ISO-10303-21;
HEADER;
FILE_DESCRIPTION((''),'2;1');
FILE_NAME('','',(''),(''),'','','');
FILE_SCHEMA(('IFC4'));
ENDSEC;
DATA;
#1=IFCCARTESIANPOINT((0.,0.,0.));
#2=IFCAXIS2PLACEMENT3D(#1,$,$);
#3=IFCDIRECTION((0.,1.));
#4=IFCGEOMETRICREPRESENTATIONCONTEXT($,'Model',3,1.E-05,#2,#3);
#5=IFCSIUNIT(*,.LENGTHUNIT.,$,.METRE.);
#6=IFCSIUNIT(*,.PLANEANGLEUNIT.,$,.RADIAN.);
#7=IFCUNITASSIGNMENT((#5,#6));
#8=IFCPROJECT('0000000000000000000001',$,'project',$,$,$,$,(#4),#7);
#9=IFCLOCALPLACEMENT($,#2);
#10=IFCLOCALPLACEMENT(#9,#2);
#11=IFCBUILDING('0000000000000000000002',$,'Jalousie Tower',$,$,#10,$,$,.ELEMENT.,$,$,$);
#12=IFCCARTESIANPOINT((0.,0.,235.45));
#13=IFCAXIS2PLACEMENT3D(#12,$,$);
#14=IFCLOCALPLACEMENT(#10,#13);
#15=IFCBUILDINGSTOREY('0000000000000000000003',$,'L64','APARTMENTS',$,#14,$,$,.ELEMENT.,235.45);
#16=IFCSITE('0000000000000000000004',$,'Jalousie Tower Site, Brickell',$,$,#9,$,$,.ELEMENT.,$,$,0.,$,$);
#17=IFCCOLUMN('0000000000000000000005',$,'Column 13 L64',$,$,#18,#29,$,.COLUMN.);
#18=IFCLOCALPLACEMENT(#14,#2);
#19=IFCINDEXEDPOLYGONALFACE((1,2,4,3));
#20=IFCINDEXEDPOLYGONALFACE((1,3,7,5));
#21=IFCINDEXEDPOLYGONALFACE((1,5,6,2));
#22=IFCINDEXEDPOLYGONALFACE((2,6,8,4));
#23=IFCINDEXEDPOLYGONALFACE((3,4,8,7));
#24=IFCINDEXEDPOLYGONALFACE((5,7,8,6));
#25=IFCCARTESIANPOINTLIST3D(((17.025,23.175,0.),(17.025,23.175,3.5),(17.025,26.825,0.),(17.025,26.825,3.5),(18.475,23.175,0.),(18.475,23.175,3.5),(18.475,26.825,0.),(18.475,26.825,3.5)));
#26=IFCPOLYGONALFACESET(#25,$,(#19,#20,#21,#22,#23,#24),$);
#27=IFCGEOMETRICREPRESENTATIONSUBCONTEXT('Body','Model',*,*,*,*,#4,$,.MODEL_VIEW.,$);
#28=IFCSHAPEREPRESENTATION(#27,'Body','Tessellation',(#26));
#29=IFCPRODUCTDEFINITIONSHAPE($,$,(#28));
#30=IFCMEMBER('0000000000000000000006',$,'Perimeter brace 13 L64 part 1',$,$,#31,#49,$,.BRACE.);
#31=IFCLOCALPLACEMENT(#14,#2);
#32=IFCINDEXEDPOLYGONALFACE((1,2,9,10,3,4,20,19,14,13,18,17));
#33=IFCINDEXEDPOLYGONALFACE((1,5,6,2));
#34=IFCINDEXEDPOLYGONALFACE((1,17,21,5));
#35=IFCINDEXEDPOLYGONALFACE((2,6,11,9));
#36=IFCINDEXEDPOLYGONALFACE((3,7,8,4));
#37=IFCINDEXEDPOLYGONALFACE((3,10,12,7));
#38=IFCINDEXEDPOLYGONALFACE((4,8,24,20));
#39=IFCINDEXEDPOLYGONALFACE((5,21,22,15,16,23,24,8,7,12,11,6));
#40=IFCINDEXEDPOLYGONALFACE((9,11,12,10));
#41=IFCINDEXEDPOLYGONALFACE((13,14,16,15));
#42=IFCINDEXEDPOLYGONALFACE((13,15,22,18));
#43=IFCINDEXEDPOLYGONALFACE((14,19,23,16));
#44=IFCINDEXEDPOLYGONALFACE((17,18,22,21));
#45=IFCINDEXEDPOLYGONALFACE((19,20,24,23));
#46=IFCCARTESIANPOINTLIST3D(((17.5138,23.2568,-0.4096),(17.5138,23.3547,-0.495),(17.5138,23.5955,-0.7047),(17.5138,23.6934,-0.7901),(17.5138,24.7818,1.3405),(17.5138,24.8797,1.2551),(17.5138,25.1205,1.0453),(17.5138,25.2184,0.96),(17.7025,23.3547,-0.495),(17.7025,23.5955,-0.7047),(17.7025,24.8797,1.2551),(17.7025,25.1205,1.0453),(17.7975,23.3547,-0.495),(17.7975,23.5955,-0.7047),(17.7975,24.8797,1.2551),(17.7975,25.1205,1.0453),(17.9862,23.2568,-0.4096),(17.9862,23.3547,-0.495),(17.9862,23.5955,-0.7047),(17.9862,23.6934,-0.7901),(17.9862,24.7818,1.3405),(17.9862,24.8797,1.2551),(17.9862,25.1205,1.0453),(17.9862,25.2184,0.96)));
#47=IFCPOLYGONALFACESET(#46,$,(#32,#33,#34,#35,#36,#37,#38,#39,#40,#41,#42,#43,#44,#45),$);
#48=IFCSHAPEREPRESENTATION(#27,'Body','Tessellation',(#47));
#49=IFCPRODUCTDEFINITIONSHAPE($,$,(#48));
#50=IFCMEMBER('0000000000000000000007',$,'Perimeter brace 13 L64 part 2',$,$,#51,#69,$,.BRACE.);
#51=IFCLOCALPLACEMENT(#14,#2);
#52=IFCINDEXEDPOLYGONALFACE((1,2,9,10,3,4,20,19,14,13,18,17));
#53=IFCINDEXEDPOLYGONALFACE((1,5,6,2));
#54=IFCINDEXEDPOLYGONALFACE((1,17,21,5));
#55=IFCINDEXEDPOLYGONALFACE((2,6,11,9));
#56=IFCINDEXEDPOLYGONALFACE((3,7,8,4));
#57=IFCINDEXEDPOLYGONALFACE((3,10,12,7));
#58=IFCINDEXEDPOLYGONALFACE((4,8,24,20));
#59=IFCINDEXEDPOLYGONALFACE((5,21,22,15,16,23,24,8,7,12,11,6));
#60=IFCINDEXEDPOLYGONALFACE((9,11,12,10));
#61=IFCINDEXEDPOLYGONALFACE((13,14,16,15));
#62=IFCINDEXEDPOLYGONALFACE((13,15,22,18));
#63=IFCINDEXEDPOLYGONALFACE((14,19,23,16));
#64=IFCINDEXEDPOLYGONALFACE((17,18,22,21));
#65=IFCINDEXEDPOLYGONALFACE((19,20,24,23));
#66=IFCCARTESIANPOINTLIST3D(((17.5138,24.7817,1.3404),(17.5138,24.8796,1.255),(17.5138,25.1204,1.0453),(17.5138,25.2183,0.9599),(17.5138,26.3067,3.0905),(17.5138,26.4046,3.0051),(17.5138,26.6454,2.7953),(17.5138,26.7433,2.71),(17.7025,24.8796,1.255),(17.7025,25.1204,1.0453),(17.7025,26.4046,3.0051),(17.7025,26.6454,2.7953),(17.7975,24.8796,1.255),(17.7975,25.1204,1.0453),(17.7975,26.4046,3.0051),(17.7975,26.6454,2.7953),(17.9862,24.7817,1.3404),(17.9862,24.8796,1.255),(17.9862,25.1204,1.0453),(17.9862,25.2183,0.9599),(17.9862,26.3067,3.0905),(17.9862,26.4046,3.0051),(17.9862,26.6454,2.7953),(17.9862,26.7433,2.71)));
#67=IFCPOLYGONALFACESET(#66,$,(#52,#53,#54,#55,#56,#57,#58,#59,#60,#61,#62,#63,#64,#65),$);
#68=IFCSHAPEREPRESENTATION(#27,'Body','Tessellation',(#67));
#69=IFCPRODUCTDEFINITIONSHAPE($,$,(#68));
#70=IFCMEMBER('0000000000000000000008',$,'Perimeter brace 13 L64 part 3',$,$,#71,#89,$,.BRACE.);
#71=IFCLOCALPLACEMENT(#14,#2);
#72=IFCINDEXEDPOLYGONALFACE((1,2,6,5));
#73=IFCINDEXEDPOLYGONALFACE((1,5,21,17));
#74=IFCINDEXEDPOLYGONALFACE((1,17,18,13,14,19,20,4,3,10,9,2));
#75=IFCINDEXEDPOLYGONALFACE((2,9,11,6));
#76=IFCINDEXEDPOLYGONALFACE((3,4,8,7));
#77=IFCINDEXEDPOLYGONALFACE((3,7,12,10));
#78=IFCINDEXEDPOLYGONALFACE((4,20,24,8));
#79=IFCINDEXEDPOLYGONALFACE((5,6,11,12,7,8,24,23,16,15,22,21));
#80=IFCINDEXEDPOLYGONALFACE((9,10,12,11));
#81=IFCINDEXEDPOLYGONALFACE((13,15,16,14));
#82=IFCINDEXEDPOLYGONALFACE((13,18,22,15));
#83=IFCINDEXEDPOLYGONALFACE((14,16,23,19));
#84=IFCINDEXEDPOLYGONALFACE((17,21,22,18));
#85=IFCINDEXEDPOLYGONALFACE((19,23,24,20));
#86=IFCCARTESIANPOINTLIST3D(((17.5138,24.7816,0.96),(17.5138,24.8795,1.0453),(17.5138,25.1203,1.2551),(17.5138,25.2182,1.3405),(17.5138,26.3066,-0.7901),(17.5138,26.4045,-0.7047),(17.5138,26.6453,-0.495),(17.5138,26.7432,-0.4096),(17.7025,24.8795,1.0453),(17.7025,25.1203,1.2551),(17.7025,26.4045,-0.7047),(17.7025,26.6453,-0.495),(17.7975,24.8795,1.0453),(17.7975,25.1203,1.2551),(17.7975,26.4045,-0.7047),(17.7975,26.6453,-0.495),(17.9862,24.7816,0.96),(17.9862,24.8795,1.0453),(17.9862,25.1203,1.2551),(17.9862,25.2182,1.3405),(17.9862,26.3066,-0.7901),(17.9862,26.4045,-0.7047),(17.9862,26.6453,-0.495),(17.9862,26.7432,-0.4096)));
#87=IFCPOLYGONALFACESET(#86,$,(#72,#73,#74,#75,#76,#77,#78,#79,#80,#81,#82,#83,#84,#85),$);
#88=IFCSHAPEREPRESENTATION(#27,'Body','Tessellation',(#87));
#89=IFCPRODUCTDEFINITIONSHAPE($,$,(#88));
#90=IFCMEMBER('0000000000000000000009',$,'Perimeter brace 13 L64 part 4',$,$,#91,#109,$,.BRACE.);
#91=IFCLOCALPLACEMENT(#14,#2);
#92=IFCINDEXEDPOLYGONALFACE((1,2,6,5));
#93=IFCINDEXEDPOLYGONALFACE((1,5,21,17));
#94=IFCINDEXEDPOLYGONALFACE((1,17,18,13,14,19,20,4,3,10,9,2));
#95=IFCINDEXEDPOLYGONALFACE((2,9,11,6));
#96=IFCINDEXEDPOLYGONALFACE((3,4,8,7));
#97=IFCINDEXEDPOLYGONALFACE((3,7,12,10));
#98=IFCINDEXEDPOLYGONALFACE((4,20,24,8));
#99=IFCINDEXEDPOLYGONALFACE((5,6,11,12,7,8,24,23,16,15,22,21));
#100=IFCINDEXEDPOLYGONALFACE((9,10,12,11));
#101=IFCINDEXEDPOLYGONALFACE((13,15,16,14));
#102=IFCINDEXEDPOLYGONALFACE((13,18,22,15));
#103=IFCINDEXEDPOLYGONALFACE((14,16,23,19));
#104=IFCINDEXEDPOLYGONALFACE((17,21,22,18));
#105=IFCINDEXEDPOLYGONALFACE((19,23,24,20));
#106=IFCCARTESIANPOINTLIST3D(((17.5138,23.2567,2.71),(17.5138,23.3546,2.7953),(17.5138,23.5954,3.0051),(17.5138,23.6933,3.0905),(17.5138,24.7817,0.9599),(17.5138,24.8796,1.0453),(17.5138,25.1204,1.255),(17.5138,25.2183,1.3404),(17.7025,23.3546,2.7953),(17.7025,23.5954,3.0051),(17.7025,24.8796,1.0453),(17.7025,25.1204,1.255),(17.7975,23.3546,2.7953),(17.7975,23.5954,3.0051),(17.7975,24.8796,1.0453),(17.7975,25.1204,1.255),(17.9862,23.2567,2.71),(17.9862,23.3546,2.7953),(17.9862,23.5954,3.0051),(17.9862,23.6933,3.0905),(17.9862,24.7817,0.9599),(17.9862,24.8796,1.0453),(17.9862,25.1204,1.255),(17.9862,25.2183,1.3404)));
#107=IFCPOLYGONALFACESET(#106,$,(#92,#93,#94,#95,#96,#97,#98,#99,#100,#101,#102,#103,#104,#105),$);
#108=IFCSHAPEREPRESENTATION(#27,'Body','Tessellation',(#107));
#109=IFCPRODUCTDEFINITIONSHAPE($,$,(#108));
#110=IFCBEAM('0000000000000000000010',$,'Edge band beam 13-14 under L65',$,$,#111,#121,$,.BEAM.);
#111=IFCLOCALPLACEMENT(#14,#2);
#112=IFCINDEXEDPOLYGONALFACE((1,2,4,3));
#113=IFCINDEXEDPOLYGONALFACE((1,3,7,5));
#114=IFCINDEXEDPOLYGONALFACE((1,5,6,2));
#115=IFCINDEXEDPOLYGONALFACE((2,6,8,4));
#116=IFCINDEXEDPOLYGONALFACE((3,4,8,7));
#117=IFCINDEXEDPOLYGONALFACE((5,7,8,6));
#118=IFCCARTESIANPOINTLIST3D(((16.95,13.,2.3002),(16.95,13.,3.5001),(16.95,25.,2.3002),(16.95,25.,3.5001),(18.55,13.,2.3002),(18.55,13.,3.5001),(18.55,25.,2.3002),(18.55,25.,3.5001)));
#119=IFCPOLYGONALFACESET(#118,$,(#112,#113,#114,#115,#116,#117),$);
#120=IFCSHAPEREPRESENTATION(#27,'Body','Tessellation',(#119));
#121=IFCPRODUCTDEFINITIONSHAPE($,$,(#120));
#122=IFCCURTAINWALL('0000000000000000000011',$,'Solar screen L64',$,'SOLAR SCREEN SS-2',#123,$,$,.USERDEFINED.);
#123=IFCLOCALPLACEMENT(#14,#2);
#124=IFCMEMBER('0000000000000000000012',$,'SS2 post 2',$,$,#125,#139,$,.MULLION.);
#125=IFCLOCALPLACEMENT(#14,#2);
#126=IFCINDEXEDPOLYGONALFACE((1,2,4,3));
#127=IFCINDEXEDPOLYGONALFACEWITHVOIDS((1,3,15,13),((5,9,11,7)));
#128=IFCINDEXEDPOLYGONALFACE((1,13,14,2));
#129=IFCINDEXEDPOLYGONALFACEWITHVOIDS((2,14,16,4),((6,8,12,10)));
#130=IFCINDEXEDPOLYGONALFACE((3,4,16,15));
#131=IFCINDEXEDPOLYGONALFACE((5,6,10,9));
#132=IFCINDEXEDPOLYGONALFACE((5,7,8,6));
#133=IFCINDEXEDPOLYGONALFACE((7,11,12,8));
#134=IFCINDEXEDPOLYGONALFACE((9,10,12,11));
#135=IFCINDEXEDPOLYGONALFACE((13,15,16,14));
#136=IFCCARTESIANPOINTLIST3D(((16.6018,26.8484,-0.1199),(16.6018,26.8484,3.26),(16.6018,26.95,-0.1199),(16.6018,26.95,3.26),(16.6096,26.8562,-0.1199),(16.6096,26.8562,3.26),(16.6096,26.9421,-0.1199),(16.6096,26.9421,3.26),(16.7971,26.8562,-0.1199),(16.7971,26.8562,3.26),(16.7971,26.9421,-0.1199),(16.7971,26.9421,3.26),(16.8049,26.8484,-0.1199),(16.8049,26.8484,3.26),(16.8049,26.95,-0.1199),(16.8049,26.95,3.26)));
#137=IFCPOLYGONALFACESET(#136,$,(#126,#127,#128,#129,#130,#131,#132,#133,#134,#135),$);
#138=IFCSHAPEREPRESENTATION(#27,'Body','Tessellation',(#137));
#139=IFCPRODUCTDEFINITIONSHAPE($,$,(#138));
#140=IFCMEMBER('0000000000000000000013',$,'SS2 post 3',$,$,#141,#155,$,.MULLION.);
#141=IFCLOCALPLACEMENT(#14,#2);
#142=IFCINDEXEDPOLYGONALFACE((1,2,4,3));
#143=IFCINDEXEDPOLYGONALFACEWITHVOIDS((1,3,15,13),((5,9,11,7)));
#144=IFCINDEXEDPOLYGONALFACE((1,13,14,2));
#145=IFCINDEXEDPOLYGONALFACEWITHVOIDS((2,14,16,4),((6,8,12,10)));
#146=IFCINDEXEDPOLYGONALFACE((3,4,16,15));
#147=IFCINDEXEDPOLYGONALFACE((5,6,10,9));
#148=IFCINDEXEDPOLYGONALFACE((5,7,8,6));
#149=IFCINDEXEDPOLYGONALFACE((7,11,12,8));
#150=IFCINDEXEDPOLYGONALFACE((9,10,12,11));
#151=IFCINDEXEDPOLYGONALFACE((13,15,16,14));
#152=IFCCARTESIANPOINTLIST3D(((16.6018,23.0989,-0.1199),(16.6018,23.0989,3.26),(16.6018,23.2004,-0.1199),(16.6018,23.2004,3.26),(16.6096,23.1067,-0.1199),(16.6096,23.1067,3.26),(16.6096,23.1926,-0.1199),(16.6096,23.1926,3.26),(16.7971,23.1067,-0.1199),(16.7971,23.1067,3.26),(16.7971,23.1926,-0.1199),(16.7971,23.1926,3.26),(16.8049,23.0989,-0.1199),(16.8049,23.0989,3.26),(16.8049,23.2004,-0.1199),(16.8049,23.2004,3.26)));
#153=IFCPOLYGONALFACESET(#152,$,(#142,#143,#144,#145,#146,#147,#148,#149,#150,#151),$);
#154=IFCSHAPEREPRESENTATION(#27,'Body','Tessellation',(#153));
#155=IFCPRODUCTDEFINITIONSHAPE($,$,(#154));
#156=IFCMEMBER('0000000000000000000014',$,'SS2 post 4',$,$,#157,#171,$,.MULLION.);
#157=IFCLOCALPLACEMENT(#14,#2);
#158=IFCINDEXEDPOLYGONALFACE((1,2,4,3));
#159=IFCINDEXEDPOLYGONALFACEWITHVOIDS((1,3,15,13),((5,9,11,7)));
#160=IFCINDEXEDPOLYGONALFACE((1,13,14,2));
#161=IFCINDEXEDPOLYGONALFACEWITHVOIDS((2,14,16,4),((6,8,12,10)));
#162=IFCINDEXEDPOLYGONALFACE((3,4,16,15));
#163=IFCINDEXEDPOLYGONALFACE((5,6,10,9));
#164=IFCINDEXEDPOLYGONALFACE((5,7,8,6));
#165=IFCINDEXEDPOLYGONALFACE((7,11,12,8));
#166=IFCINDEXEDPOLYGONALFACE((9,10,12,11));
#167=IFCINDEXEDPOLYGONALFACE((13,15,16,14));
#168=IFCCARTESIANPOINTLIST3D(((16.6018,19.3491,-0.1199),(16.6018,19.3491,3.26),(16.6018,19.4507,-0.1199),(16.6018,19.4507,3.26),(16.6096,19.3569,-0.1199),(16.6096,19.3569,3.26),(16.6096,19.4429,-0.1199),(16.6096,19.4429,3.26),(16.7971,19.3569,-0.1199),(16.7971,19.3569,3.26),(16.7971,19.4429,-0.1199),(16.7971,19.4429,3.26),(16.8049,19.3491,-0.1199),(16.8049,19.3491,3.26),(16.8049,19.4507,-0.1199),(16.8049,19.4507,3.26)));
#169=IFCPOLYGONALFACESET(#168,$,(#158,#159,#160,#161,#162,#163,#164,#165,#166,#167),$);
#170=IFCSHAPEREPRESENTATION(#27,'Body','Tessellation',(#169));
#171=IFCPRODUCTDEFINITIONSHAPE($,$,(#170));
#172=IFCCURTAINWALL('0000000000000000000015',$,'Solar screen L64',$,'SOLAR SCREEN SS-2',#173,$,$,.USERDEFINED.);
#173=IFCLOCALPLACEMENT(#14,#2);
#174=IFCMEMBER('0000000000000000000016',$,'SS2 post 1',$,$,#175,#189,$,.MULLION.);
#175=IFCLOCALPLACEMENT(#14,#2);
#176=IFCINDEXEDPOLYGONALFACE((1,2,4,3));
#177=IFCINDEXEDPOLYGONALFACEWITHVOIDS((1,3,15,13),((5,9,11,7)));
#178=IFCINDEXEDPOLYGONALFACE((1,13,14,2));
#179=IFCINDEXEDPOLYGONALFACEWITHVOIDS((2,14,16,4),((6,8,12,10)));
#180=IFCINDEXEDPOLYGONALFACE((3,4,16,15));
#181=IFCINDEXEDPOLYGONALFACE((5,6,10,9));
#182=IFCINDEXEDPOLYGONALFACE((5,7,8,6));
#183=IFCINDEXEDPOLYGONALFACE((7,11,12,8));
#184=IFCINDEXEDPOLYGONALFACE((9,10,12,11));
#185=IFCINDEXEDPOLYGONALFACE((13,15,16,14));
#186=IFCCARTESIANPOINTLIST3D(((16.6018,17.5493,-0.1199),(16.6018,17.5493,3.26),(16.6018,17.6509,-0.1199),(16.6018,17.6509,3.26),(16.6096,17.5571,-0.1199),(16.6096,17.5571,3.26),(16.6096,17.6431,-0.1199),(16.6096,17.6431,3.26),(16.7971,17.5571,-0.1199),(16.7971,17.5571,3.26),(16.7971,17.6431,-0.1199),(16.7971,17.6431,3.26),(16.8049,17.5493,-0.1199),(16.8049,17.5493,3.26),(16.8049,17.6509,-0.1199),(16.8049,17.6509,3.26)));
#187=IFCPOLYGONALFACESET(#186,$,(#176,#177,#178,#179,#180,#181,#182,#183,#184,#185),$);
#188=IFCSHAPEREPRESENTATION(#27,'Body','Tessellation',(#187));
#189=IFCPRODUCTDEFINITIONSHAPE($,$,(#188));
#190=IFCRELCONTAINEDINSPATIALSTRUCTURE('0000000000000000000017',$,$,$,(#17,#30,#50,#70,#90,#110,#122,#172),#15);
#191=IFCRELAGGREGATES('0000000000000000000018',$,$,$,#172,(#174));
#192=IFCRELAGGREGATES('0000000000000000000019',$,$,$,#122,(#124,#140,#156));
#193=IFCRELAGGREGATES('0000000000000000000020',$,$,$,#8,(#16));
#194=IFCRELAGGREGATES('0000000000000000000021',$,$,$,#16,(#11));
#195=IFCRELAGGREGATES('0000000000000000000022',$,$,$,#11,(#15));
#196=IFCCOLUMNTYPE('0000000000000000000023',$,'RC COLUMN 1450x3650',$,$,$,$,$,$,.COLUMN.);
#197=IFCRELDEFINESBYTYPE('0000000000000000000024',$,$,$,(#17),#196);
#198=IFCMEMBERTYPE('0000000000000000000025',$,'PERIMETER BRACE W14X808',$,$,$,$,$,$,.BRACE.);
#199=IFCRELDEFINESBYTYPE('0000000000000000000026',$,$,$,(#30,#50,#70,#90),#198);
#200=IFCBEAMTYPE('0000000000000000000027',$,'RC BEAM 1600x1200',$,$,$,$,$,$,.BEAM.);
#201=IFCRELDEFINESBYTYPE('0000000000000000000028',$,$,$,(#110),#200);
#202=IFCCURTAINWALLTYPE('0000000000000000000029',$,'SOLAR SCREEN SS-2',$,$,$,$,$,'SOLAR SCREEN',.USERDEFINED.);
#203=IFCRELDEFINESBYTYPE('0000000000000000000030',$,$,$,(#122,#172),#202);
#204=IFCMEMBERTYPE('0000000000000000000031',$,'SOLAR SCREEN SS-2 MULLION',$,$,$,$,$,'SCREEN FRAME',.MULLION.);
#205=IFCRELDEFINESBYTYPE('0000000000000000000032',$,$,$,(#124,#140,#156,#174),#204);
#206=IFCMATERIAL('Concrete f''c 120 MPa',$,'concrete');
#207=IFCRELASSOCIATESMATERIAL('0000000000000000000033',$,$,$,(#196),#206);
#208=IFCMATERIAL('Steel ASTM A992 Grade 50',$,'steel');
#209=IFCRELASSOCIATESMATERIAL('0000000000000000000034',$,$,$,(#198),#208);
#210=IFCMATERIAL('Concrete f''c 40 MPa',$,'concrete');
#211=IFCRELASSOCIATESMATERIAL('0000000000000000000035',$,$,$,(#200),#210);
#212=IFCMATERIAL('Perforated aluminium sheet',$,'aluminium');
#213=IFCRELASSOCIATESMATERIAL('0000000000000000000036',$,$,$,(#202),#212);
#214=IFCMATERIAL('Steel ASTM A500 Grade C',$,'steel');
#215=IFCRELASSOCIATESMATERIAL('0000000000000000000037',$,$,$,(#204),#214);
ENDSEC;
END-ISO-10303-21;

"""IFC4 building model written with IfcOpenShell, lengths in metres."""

from ifc_helpers import new_model, si_unit, direction, frame, origin, origin_2d, place, context, subcontext, project, spatial, rectangle, hollow_rectangle, i_section, extrude, material, material_profile, profile_set, type_object, element, aggregate, save


model = new_model("IFC4")

# Units and contexts
model_context = context("Model", 3, precision=1e-05, world=origin(), true_north=direction((0.0, 1.0)))
body_context = subcontext(model_context, "Body", "Model", "MODEL_VIEW")
ifc_project = project(units=[si_unit("LENGTHUNIT", "METRE"), si_unit("PLANEANGLEUNIT", "RADIAN")], contexts=[model_context])

# Site, building, storey
site_placement = place(None, origin())
site = spatial("IfcSite", under=ifc_project, at=site_placement, Name="Jalousie Tower Site, Brickell", CompositionType="ELEMENT", RefElevation=0.0)
building_placement = place(site_placement, origin())
building = spatial("IfcBuilding", under=site, at=building_placement, Name="Jalousie Tower", CompositionType="ELEMENT")
storey_placement = place(building_placement, frame((0.0, 0.0, 235.45)))
storey = spatial("IfcBuildingStorey", under=building, at=storey_placement, Name="L64", Description="APARTMENTS", CompositionType="ELEMENT", Elevation=235.45)

# Column
ifc_material_1 = material(Name="Concrete f'c 120 MPa", Category="concrete")
ifc_material_profile_1 = material_profile(ifc_material_1, rectangle(XDim=1.45, YDim=3.6499, at=origin_2d()), Name="RC 1450x3650")
ifc_profile_set_1 = profile_set([ifc_material_profile_1], Name="Concrete f'c 120 MPa")
column_type = type_object("IfcColumnType", Name="RC COLUMN 1450x3650", PredefinedType="COLUMN", material=ifc_profile_set_1)
column_placement = place(storey_placement, frame((17.75, 25.0, 0.0), z_axis=(0.0, 0.0, 1.0), x_axis=(1.0, 0.0, 0.0)))
element("IfcColumn", 1, at=column_placement, inside=storey, type_object=column_type, Name="Column 13 L64", PredefinedType="COLUMN", context=body_context, shape_type="SweptSolid", body=[
    extrude(rectangle(XDim=1.45, YDim=3.6499, at=origin_2d()), origin(), (0.0, 0.0, 1.0), 3.5),
])

# Members
ifc_material_2 = material(Name="Steel ASTM A992 Grade 50", Category="steel")
ifc_material_profile_2 = material_profile(ifc_material_2, i_section(OverallWidth=0.4724, OverallDepth=0.5791, WebThickness=0.095, FlangeThickness=0.1299, at=origin_2d()), Name="W14X808")
ifc_profile_set_2 = profile_set([ifc_material_profile_2], Name="Steel ASTM A992 Grade 50")
member_type_1 = type_object("IfcMemberType", Name="PERIMETER BRACE W14X808", PredefinedType="BRACE", material=ifc_profile_set_2)
for number, where, z_axis, x_axis, name in (
    (2, (17.75, 23.4751, -0.5999), (0.0, 0.656954, 0.75393), (-1.0, 0.0, 0.0), "Perimeter brace 13 L64 part 1"),
    (3, (17.75, 25.0, 1.1501), (0.0, 0.656954, 0.75393), (-1.0, 0.0, 0.0), "Perimeter brace 13 L64 part 2"),
    (4, (17.75, 26.5249, -0.5999), (0.0, -0.656954, 0.75393), (1.0, 0.0, 0.0), "Perimeter brace 13 L64 part 3"),
    (5, (17.75, 25.0, 1.1501), (0.0, -0.656954, 0.75393), (1.0, 0.0, 0.0), "Perimeter brace 13 L64 part 4"),
):
    element("IfcMember", number, at=place(storey_placement, frame(where, z_axis=z_axis, x_axis=x_axis)), inside=storey, type_object=member_type_1, Name=name, PredefinedType="BRACE", context=body_context, shape_type="SweptSolid", body=[
        extrude(i_section(OverallWidth=0.4724, OverallDepth=0.5791, WebThickness=0.095, FlangeThickness=0.1299, at=origin_2d()), origin(), (0.0, 0.0, 1.0), 2.3213),
    ])

# Beam
ifc_material_3 = material(Name="Concrete f'c 40 MPa", Category="concrete")
ifc_material_profile_3 = material_profile(ifc_material_3, rectangle(XDim=1.6001, YDim=1.2, at=origin_2d()), Name="RC 1600x1200")
ifc_profile_set_3 = profile_set([ifc_material_profile_3], Name="Concrete f'c 40 MPa")
beam_type = type_object("IfcBeamType", Name="RC BEAM 1600x1200", PredefinedType="BEAM", material=ifc_profile_set_3)
beam_placement = place(storey_placement, frame((17.75, 25.0, 2.9001), z_axis=(0.0, -1.0, 0.0), x_axis=(1.0, 0.0, 0.0)))
element("IfcBeam", 6, at=beam_placement, inside=storey, type_object=beam_type, Name="Edge band beam 13-14 under L65", PredefinedType="BEAM", context=body_context, shape_type="SweptSolid", body=[
    extrude(rectangle(XDim=1.6001, YDim=1.2, at=origin_2d()), origin(), (0.0, 0.0, 1.0), 12.0),
])

# Curtain walls, members
ifc_material_4 = material(Name="Perforated aluminium sheet", Category="aluminium")
curtain_wall_type = type_object("IfcCurtainWallType", Name="SOLAR SCREEN SS-2", ElementType="SOLAR SCREEN", PredefinedType="USERDEFINED", material=ifc_material_4)
curtain_wall_1_placement = place(storey_placement, origin())
curtain_wall_1 = element("IfcCurtainWall", 7, at=curtain_wall_1_placement, inside=storey, type_object=curtain_wall_type, Name="Solar screen L64", ObjectType="SOLAR SCREEN SS-2", PredefinedType="USERDEFINED")
ifc_material_5 = material(Name="Steel ASTM A500 Grade C", Category="steel")
ifc_material_profile_4 = material_profile(ifc_material_5, hollow_rectangle(XDim=0.1016, YDim=0.2031, WallThickness=0.0078, at=origin_2d()), Name="HSS8X4X5/16")
ifc_profile_set_4 = profile_set([ifc_material_profile_4], Name="Steel ASTM A500 Grade C")
member_type_2 = type_object("IfcMemberType", Name="SOLAR SCREEN SS-2 MULLION", ElementType="SCREEN FRAME", PredefinedType="MULLION", material=ifc_profile_set_4)
member_1_placement = place(storey_placement, frame((16.7034, 26.8992, -0.1199), z_axis=(0.0, 0.0, 1.0), x_axis=(0.0, -1.0, 0.0)))
member_1 = element("IfcMember", 8, at=member_1_placement, type_object=member_type_2, Name="SS2 post 2", PredefinedType="MULLION", context=body_context, shape_type="SweptSolid", body=[
    extrude(hollow_rectangle(XDim=0.1016, YDim=0.2031, WallThickness=0.0078, at=origin_2d()), origin(), (0.0, 0.0, 1.0), 3.3799),
])
member_2_placement = place(storey_placement, frame((16.7034, 23.1497, -0.1199), z_axis=(0.0, 0.0, 1.0), x_axis=(0.0, -1.0, 0.0)))
member_2 = element("IfcMember", 9, at=member_2_placement, type_object=member_type_2, Name="SS2 post 3", PredefinedType="MULLION", context=body_context, shape_type="SweptSolid", body=[
    extrude(hollow_rectangle(XDim=0.1016, YDim=0.2031, WallThickness=0.0078, at=origin_2d()), origin(), (0.0, 0.0, 1.0), 3.3799),
])
member_3_placement = place(storey_placement, frame((16.7034, 19.3999, -0.1199), z_axis=(0.0, 0.0, 1.0), x_axis=(0.0, -1.0, 0.0)))
member_3 = element("IfcMember", 10, at=member_3_placement, type_object=member_type_2, Name="SS2 post 4", PredefinedType="MULLION", context=body_context, shape_type="SweptSolid", body=[
    extrude(hollow_rectangle(XDim=0.1016, YDim=0.2031, WallThickness=0.0078, at=origin_2d()), origin(), (0.0, 0.0, 1.0), 3.3799),
])
curtain_wall_2_placement = place(storey_placement, origin())
curtain_wall_2 = element("IfcCurtainWall", 11, at=curtain_wall_2_placement, inside=storey, type_object=curtain_wall_type, Name="Solar screen L64", ObjectType="SOLAR SCREEN SS-2", PredefinedType="USERDEFINED")
member_4_placement = place(storey_placement, frame((16.7034, 17.6001, -0.1199), z_axis=(0.0, 0.0, 1.0), x_axis=(0.0, -1.0, 0.0)))
member_4 = element("IfcMember", 12, at=member_4_placement, type_object=member_type_2, Name="SS2 post 1", PredefinedType="MULLION", context=body_context, shape_type="SweptSolid", body=[
    extrude(hollow_rectangle(XDim=0.1016, YDim=0.2031, WallThickness=0.0078, at=origin_2d()), origin(), (0.0, 0.0, 1.0), 3.3799),
])
aggregate(curtain_wall_2, [member_4])

aggregate(curtain_wall_1, [member_1, member_2, member_3])

save(model, "model.ifc")
